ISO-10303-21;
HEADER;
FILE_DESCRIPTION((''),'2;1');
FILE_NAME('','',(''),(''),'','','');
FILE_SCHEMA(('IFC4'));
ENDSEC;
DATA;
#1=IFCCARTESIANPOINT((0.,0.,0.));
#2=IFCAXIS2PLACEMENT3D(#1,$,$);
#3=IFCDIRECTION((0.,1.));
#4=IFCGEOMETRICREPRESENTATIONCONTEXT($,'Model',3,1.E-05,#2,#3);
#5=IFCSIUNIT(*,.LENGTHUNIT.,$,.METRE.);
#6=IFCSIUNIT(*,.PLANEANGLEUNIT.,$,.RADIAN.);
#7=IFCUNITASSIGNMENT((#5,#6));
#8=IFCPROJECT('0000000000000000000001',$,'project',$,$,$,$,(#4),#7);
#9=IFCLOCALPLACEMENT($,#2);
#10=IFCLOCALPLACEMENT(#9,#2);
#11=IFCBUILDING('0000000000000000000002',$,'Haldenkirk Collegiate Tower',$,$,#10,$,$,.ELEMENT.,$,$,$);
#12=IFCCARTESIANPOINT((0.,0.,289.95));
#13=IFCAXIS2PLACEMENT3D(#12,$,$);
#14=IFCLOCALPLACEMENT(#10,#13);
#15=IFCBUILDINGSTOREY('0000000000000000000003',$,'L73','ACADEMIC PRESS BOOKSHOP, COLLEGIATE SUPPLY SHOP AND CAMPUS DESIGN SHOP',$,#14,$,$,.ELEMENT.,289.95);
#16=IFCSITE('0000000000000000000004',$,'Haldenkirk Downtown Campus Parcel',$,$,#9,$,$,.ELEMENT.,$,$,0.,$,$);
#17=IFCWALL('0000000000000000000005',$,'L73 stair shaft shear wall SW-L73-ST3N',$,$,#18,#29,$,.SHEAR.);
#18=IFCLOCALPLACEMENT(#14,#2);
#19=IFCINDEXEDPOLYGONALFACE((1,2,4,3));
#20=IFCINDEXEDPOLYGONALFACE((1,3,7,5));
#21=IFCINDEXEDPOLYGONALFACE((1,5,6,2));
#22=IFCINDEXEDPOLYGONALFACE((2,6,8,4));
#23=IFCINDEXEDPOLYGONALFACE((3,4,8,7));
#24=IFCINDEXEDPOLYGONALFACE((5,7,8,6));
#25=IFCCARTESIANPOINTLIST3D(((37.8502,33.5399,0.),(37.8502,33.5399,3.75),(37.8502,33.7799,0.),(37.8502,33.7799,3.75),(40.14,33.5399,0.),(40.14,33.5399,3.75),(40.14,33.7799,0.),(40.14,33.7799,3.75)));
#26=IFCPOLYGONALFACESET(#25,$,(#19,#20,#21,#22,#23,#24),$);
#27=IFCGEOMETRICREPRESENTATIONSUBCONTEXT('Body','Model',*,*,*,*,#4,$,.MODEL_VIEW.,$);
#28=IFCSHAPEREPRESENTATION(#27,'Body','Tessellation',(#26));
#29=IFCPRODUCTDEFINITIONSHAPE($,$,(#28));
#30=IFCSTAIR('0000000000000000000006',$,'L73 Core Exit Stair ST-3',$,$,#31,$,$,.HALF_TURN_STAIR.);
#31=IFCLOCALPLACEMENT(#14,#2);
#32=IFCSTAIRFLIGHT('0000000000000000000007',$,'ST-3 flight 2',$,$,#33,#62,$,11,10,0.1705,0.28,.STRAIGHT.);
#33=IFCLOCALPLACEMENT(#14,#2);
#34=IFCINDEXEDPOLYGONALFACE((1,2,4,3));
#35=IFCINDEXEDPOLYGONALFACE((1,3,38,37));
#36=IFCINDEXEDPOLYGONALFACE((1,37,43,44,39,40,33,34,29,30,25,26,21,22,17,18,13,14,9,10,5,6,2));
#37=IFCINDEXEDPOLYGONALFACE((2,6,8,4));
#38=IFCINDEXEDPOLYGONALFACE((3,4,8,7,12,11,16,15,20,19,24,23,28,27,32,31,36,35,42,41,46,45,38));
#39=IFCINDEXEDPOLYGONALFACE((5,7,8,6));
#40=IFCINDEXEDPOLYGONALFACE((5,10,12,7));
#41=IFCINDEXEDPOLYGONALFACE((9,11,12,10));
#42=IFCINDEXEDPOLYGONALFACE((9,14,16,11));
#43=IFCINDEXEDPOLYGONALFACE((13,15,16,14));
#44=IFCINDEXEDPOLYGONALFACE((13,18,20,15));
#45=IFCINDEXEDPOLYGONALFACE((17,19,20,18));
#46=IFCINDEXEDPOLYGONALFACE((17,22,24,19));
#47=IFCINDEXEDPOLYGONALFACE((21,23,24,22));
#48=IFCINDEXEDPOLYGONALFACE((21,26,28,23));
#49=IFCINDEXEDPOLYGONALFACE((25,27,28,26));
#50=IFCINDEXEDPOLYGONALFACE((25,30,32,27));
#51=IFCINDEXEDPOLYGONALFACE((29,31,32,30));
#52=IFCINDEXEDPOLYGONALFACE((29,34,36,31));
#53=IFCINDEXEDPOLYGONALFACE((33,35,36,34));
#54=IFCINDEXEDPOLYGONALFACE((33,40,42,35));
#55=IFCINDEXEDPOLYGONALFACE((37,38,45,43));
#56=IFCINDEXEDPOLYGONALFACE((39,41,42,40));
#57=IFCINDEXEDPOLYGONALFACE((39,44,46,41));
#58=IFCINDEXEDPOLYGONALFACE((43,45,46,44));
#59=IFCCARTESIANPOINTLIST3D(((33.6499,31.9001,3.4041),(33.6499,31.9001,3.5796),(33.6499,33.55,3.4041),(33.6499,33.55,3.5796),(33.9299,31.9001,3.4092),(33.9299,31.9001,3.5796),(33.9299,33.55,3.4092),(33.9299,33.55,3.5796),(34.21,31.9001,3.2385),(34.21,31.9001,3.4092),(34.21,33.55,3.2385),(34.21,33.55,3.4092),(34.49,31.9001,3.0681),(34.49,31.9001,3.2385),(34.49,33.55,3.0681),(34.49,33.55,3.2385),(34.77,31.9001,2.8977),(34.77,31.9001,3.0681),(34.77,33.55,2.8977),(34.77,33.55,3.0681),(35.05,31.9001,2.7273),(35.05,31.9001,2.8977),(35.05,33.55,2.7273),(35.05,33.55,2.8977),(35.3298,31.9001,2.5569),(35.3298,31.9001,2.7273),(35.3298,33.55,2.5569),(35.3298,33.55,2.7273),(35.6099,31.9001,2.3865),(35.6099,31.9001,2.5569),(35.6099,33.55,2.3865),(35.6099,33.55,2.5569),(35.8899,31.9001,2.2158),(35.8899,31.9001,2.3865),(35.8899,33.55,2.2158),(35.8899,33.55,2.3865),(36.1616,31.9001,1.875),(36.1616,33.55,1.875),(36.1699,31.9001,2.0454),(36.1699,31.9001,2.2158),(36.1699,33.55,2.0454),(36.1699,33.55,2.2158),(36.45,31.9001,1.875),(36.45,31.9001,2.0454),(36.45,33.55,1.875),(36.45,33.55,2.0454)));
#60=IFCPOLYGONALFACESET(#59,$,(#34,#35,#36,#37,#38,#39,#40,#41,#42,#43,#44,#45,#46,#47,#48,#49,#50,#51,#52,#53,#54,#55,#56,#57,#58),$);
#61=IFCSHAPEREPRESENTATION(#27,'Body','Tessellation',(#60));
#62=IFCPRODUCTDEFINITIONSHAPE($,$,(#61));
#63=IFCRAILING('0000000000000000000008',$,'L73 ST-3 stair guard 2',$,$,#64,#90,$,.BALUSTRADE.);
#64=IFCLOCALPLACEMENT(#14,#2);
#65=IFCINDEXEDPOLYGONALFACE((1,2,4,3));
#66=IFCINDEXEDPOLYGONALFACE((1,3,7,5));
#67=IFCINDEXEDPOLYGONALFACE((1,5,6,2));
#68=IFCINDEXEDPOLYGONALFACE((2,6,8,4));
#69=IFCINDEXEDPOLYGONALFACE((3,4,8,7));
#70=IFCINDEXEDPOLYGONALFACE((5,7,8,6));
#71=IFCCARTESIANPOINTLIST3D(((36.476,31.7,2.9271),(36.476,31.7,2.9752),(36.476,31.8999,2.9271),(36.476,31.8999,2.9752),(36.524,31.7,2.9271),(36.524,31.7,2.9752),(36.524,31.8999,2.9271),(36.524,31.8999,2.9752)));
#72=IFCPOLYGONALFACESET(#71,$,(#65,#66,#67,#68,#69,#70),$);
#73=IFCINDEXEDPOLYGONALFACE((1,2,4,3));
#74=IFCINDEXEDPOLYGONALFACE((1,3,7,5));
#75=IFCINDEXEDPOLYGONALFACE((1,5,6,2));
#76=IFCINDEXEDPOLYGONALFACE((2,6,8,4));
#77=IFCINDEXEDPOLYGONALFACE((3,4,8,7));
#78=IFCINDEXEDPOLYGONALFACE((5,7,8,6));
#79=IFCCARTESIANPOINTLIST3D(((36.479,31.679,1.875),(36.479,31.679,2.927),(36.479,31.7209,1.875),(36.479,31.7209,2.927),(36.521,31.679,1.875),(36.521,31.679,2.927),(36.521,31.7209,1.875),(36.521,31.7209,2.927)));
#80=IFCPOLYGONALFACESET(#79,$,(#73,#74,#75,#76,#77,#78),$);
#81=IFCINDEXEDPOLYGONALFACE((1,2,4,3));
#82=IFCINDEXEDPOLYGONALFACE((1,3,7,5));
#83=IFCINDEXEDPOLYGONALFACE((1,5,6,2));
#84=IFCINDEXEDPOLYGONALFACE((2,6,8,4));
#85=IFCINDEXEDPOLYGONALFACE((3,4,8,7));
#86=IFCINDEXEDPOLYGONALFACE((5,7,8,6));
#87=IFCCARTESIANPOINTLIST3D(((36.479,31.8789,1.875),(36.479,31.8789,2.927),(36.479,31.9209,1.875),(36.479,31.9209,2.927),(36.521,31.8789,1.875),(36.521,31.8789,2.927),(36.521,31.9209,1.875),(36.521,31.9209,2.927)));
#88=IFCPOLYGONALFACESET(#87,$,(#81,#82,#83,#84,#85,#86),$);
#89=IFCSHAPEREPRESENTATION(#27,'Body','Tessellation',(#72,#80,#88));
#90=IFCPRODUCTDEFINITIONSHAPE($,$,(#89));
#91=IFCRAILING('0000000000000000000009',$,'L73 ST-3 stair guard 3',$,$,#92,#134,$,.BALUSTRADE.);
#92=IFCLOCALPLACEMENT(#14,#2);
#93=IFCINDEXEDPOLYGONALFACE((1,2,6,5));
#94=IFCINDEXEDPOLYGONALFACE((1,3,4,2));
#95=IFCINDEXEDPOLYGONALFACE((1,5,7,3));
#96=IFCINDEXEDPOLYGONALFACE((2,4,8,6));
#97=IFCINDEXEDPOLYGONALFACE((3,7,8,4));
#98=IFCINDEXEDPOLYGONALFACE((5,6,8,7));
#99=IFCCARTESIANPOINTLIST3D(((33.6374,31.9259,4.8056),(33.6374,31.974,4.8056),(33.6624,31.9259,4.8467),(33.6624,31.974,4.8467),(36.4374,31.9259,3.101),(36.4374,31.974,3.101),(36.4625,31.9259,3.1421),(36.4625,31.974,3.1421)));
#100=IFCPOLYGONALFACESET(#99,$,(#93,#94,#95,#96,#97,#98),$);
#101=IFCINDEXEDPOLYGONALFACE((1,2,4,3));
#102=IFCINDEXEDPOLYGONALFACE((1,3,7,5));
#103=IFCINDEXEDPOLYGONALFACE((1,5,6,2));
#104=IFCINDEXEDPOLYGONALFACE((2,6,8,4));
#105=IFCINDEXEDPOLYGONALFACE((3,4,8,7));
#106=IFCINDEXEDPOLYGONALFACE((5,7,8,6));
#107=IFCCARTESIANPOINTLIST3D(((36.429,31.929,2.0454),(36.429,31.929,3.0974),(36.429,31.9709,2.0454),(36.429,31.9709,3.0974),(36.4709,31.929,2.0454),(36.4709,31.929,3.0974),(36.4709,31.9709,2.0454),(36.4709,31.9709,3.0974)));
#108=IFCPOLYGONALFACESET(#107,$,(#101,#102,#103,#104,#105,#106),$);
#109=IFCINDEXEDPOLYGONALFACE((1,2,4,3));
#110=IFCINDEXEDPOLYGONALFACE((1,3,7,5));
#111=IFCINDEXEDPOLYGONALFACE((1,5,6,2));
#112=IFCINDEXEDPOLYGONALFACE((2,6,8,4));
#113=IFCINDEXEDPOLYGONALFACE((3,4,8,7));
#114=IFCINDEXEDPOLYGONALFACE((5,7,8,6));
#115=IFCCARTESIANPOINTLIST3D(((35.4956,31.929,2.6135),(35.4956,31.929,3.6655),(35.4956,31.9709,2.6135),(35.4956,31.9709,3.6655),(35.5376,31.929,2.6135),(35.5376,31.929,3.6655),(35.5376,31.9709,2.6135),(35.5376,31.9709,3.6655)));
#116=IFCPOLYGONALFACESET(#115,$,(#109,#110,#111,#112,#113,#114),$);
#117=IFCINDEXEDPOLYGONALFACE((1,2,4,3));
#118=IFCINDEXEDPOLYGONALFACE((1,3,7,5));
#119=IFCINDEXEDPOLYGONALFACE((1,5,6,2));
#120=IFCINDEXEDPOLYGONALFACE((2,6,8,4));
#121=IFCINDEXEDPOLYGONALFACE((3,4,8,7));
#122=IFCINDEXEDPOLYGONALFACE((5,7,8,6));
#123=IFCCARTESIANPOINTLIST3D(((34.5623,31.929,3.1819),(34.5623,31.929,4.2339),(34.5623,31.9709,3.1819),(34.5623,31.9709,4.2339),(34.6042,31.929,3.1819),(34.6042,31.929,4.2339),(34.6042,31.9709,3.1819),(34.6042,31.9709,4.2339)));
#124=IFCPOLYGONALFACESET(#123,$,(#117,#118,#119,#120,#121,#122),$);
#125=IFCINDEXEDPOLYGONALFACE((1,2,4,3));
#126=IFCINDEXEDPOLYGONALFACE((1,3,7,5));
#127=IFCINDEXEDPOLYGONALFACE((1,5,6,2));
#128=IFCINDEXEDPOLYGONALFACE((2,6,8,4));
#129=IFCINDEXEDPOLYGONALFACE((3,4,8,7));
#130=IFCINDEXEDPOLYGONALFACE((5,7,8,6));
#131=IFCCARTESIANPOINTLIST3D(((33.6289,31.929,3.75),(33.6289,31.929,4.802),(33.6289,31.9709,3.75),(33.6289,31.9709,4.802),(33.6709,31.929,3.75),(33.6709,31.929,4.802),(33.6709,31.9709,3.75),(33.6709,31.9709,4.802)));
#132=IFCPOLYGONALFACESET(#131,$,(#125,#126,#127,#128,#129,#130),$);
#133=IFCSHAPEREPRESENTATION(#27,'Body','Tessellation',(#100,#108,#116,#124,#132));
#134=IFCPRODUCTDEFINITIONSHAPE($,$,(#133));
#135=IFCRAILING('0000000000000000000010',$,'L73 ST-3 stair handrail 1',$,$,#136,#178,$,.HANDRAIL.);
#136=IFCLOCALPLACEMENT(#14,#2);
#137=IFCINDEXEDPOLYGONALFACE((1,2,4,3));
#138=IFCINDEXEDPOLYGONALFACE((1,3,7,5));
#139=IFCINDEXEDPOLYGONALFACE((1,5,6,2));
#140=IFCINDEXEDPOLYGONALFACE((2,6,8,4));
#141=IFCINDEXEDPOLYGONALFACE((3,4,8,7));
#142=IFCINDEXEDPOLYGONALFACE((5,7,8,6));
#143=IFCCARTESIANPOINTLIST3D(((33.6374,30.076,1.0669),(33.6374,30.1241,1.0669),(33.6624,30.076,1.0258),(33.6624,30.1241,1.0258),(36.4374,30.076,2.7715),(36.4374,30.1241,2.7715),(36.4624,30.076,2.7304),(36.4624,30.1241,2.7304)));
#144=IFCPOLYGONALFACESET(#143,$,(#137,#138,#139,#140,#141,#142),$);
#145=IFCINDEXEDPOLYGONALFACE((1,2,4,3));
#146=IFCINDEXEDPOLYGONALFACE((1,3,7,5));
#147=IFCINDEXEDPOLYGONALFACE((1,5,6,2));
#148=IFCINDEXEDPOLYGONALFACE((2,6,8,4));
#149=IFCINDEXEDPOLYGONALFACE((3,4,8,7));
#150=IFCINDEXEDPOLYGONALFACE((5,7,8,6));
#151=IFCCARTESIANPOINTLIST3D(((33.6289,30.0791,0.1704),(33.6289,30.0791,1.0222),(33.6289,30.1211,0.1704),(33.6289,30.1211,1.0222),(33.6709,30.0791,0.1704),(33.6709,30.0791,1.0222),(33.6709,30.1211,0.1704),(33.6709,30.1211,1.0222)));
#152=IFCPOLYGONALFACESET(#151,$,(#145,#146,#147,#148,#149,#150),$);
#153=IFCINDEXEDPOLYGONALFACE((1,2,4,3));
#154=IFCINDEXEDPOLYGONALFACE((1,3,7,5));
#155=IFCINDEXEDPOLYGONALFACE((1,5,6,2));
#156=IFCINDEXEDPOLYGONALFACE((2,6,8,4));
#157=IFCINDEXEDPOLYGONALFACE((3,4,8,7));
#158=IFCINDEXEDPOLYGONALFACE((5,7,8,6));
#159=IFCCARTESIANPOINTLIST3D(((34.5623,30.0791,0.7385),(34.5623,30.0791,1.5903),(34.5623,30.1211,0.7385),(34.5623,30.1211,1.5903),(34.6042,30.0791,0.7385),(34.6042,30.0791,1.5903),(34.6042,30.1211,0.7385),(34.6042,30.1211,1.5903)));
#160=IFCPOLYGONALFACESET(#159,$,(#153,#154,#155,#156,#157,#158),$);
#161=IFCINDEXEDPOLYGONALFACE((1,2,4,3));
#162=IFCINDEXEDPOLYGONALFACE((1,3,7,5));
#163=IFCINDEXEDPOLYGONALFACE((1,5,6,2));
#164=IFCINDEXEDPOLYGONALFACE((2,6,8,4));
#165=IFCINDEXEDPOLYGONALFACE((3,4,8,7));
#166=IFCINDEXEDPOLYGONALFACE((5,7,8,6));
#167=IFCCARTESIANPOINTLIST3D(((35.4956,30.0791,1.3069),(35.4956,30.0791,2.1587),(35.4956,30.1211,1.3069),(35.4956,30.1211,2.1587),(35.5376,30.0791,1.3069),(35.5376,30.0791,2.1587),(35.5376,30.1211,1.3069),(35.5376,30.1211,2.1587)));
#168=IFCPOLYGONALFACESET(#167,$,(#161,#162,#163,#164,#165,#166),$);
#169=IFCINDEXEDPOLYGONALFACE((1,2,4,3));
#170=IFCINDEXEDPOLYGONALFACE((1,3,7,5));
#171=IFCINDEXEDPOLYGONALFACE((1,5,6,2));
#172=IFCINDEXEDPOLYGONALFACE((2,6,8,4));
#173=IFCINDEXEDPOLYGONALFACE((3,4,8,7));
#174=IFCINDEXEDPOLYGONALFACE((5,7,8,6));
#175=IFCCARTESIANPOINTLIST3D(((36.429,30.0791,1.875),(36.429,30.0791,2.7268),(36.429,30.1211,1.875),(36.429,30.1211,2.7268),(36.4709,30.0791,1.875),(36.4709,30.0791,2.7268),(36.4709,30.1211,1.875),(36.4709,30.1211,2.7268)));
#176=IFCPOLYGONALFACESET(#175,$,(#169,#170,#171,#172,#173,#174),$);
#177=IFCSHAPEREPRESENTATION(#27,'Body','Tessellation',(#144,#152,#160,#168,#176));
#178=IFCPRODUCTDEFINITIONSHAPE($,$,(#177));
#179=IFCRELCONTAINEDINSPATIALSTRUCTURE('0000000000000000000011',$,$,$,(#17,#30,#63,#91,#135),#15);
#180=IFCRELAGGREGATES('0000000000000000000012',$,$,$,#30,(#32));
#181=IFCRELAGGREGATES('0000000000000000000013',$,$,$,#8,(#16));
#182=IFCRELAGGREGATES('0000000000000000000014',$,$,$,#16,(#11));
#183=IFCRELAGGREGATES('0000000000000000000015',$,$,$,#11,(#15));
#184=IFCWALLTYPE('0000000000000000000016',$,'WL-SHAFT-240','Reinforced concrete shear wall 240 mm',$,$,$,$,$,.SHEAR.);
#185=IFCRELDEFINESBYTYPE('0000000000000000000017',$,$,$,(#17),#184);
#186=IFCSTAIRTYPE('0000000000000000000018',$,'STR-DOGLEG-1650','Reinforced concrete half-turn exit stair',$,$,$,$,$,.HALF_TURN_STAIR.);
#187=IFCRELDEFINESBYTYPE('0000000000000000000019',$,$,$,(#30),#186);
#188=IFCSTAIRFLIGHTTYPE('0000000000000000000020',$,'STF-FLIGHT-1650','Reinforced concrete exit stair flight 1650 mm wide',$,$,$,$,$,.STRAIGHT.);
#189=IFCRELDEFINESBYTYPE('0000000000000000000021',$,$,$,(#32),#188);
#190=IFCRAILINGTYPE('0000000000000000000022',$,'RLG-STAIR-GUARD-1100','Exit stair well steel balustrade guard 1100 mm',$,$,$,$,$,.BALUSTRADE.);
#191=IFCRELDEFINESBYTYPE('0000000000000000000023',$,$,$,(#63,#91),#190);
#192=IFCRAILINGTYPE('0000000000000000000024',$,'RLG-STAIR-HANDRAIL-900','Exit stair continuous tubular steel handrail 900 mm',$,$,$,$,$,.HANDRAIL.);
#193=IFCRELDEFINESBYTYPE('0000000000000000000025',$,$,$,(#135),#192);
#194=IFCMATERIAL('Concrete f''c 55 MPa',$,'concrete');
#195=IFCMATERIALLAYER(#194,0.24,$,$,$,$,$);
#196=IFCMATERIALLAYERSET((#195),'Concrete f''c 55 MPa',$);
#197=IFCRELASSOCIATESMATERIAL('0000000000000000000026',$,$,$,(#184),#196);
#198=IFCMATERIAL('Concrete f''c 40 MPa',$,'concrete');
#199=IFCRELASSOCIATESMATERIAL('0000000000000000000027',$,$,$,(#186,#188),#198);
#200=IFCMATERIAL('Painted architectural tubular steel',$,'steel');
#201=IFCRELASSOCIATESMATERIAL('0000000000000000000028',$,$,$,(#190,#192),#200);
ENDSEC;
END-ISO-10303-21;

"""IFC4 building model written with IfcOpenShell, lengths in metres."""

from ifc_helpers import new_model, si_unit, direction, frame, frame_2d, origin, origin_2d, place, context, subcontext, project, spatial, polyline, rectangle, outline, extrude, material, layer, layer_set, type_object, element, aggregate, save


model = new_model("IFC4")

# Units and contexts
model_context = context("Model", 3, precision=1e-05, world=origin(), true_north=direction((0.0, 1.0)))
body_context = subcontext(model_context, "Body", "Model", "MODEL_VIEW")
ifc_project = project(units=[si_unit("LENGTHUNIT", "METRE"), si_unit("PLANEANGLEUNIT", "RADIAN")], contexts=[model_context])

# Site, building, storey
site_placement = place(None, origin())
site = spatial("IfcSite", under=ifc_project, at=site_placement, Name="Haldenkirk Downtown Campus Parcel", CompositionType="ELEMENT", RefElevation=0.0)
building_placement = place(site_placement, origin())
building = spatial("IfcBuilding", under=site, at=building_placement, Name="Haldenkirk Collegiate Tower", CompositionType="ELEMENT")
storey_placement = place(building_placement, frame((0.0, 0.0, 289.95)))
storey = spatial("IfcBuildingStorey", under=building, at=storey_placement, Name="L73", Description="ACADEMIC PRESS BOOKSHOP, COLLEGIATE SUPPLY SHOP AND CAMPUS DESIGN SHOP", CompositionType="ELEMENT", Elevation=289.95)

# Wall
ifc_material_1 = material(Name="Concrete f'c 55 MPa", Category="concrete")
ifc_layer_1 = layer(ifc_material_1, 0.24)
ifc_layer_set_1 = layer_set([ifc_layer_1], Name="Concrete f'c 55 MPa")
wall_type_1 = type_object("IfcWallType", Name="WL-SHAFT-240", Description="Reinforced concrete shear wall 240 mm", PredefinedType="SHEAR", material=ifc_layer_set_1)
wall_1_placement = place(storey_placement, frame((37.8501, 33.6599, 0.0), z_axis=(0.0, 0.0, 1.0), x_axis=(1.0, 0.0, 0.0)))
element("IfcWall", 1, at=wall_1_placement, inside=storey, type_object=wall_type_1, Name="L73 stair shaft shear wall SW-L73-ST3N", PredefinedType="SHEAR", context=body_context, shape_type="SweptSolid", body=[
    extrude(rectangle(XDim=2.2898, YDim=0.24, at=frame_2d((1.145, 0.0))), origin(), (0.0, 0.0, 1.0), 3.75),
])

# Stair, stair flight
ifc_material_2 = material(Name="Concrete f'c 40 MPa", Category="concrete")
stair_type = type_object("IfcStairType", Name="STR-DOGLEG-1650", Description="Reinforced concrete half-turn exit stair", PredefinedType="HALF_TURN_STAIR", material=ifc_material_2)
stair_placement = place(storey_placement, origin())
stair = element("IfcStair", 2, at=stair_placement, inside=storey, type_object=stair_type, Name="L73 Core Exit Stair ST-3", PredefinedType="HALF_TURN_STAIR")
stair_flight_type = type_object("IfcStairFlightType", Name="STF-FLIGHT-1650", Description="Reinforced concrete exit stair flight 1650 mm wide", PredefinedType="STRAIGHT", material=ifc_material_2)
stair_flight_placement = place(storey_placement, frame((36.45, 32.7251, 1.875), z_axis=(0.0, 0.0, 1.0), x_axis=(-1.0, 0.0, 0.0)))
stair_flight = element("IfcStairFlight", 3, at=stair_flight_placement, type_object=stair_flight_type, Name="ST-3 flight 2", NumberOfRisers=11, NumberOfTreads=10, PredefinedType="STRAIGHT", RiserHeight=0.1705, TreadLength=0.28, context=body_context, shape_type="SweptSolid", body=[
    extrude(outline(polyline([(0.0, 0.0), (0.0, 0.1704), (0.28, 0.1704), (0.28, 0.3408), (0.5601, 0.3408), (0.5601, 0.5115), (0.8401, 0.5115), (0.8401, 0.6819), (1.1201, 0.6819), (1.1201, 0.8523), (1.3999, 0.8523), (1.3999, 1.0227), (1.6799, 1.0227), (1.6799, 1.1931), (1.96, 1.1931), (1.96, 1.3635), (2.24, 1.3635), (2.24, 1.5342), (2.52, 1.5342), (2.52, 1.7046), (2.8, 1.7046), (2.8, 1.875), (2.8, 1.5291), (0.2883, 0.0), (0.0, 0.0)])), frame((0.0, 0.825, 0.0), z_axis=(0.0, -1.0, 0.0), x_axis=(1.0, 0.0, 0.0)), (0.0, 0.0, 1.0), 1.6499),
])
aggregate(stair, [stair_flight])

# Railings
ifc_material_3 = material(Name="Painted architectural tubular steel", Category="steel")
railing_type_1 = type_object("IfcRailingType", Name="RLG-STAIR-GUARD-1100", Description="Exit stair well steel balustrade guard 1100 mm", PredefinedType="BALUSTRADE", material=ifc_material_3)
railing_1_placement = place(storey_placement, frame((36.5, 31.7, 1.875)))
element("IfcRailing", 4, at=railing_1_placement, inside=storey, type_object=railing_type_1, Name="L73 ST-3 stair guard 2", PredefinedType="BALUSTRADE", context=body_context, shape_type="SweptSolid", body=[
    extrude(rectangle(XDim=0.0481, YDim=0.0481, at=origin_2d()), frame((0.0, 0.0, 1.0762), z_axis=(0.0, 1.0, 0.0), x_axis=(-1.0, 0.0, 0.0)), (0.0, 0.0, 1.0), 0.2),
    extrude(rectangle(XDim=0.042, YDim=0.042, at=origin_2d()), origin(), (0.0, 0.0, 1.0), 1.052),
    extrude(rectangle(XDim=0.042, YDim=0.042, at=origin_2d()), frame((0.0, 0.2, 0.0)), (0.0, 0.0, 1.0), 1.052),
])
railing_2_placement = place(storey_placement, frame((36.45, 31.95, 2.0454)))
element("IfcRailing", 5, at=railing_2_placement, inside=storey, type_object=railing_type_1, Name="L73 ST-3 stair guard 3", PredefinedType="BALUSTRADE", context=body_context, shape_type="SweptSolid", body=[
    extrude(rectangle(XDim=0.0481, YDim=0.0481, at=origin_2d()), frame((0.0, 0.0, 1.0762), z_axis=(-0.85417, 0.0, 0.519994), x_axis=(0.0, -1.0, 0.0)), (0.0, 0.0, 1.0), 3.2781),
    extrude(rectangle(XDim=0.042, YDim=0.042, at=origin_2d()), origin(), (0.0, 0.0, 1.0), 1.052),
    extrude(rectangle(XDim=0.042, YDim=0.042, at=origin_2d()), frame((-0.9333, 0.0, 0.5681)), (0.0, 0.0, 1.0), 1.052),
    extrude(rectangle(XDim=0.042, YDim=0.042, at=origin_2d()), frame((-1.8667, 0.0, 1.1365)), (0.0, 0.0, 1.0), 1.052),
    extrude(rectangle(XDim=0.042, YDim=0.042, at=origin_2d()), frame((-2.8, 0.0, 1.7046)), (0.0, 0.0, 1.0), 1.052),
])
railing_type_2 = type_object("IfcRailingType", Name="RLG-STAIR-HANDRAIL-900", Description="Exit stair continuous tubular steel handrail 900 mm", PredefinedType="HANDRAIL", material=ifc_material_3)
railing_3_placement = place(storey_placement, frame((33.6499, 30.1001, 0.1704)))
element("IfcRailing", 6, at=railing_3_placement, inside=storey, type_object=railing_type_2, Name="L73 ST-3 stair handrail 1", PredefinedType="HANDRAIL", context=body_context, shape_type="SweptSolid", body=[
    extrude(rectangle(XDim=0.0481, YDim=0.0481, at=origin_2d()), frame((0.0, 0.0, 0.876), z_axis=(0.85417, 0.0, 0.519994), x_axis=(0.0, 1.0, 0.0)), (0.0, 0.0, 1.0), 3.2781),
    extrude(rectangle(XDim=0.042, YDim=0.042, at=origin_2d()), origin(), (0.0, 0.0, 1.0), 0.8518),
    extrude(rectangle(XDim=0.042, YDim=0.042, at=origin_2d()), frame((0.9333, 0.0, 0.5681)), (0.0, 0.0, 1.0), 0.8518),
    extrude(rectangle(XDim=0.042, YDim=0.042, at=origin_2d()), frame((1.8667, 0.0, 1.1365)), (0.0, 0.0, 1.0), 0.8518),
    extrude(rectangle(XDim=0.042, YDim=0.042, at=origin_2d()), frame((2.8, 0.0, 1.7046)), (0.0, 0.0, 1.0), 0.8518),
])

save(model, "model.ifc")
